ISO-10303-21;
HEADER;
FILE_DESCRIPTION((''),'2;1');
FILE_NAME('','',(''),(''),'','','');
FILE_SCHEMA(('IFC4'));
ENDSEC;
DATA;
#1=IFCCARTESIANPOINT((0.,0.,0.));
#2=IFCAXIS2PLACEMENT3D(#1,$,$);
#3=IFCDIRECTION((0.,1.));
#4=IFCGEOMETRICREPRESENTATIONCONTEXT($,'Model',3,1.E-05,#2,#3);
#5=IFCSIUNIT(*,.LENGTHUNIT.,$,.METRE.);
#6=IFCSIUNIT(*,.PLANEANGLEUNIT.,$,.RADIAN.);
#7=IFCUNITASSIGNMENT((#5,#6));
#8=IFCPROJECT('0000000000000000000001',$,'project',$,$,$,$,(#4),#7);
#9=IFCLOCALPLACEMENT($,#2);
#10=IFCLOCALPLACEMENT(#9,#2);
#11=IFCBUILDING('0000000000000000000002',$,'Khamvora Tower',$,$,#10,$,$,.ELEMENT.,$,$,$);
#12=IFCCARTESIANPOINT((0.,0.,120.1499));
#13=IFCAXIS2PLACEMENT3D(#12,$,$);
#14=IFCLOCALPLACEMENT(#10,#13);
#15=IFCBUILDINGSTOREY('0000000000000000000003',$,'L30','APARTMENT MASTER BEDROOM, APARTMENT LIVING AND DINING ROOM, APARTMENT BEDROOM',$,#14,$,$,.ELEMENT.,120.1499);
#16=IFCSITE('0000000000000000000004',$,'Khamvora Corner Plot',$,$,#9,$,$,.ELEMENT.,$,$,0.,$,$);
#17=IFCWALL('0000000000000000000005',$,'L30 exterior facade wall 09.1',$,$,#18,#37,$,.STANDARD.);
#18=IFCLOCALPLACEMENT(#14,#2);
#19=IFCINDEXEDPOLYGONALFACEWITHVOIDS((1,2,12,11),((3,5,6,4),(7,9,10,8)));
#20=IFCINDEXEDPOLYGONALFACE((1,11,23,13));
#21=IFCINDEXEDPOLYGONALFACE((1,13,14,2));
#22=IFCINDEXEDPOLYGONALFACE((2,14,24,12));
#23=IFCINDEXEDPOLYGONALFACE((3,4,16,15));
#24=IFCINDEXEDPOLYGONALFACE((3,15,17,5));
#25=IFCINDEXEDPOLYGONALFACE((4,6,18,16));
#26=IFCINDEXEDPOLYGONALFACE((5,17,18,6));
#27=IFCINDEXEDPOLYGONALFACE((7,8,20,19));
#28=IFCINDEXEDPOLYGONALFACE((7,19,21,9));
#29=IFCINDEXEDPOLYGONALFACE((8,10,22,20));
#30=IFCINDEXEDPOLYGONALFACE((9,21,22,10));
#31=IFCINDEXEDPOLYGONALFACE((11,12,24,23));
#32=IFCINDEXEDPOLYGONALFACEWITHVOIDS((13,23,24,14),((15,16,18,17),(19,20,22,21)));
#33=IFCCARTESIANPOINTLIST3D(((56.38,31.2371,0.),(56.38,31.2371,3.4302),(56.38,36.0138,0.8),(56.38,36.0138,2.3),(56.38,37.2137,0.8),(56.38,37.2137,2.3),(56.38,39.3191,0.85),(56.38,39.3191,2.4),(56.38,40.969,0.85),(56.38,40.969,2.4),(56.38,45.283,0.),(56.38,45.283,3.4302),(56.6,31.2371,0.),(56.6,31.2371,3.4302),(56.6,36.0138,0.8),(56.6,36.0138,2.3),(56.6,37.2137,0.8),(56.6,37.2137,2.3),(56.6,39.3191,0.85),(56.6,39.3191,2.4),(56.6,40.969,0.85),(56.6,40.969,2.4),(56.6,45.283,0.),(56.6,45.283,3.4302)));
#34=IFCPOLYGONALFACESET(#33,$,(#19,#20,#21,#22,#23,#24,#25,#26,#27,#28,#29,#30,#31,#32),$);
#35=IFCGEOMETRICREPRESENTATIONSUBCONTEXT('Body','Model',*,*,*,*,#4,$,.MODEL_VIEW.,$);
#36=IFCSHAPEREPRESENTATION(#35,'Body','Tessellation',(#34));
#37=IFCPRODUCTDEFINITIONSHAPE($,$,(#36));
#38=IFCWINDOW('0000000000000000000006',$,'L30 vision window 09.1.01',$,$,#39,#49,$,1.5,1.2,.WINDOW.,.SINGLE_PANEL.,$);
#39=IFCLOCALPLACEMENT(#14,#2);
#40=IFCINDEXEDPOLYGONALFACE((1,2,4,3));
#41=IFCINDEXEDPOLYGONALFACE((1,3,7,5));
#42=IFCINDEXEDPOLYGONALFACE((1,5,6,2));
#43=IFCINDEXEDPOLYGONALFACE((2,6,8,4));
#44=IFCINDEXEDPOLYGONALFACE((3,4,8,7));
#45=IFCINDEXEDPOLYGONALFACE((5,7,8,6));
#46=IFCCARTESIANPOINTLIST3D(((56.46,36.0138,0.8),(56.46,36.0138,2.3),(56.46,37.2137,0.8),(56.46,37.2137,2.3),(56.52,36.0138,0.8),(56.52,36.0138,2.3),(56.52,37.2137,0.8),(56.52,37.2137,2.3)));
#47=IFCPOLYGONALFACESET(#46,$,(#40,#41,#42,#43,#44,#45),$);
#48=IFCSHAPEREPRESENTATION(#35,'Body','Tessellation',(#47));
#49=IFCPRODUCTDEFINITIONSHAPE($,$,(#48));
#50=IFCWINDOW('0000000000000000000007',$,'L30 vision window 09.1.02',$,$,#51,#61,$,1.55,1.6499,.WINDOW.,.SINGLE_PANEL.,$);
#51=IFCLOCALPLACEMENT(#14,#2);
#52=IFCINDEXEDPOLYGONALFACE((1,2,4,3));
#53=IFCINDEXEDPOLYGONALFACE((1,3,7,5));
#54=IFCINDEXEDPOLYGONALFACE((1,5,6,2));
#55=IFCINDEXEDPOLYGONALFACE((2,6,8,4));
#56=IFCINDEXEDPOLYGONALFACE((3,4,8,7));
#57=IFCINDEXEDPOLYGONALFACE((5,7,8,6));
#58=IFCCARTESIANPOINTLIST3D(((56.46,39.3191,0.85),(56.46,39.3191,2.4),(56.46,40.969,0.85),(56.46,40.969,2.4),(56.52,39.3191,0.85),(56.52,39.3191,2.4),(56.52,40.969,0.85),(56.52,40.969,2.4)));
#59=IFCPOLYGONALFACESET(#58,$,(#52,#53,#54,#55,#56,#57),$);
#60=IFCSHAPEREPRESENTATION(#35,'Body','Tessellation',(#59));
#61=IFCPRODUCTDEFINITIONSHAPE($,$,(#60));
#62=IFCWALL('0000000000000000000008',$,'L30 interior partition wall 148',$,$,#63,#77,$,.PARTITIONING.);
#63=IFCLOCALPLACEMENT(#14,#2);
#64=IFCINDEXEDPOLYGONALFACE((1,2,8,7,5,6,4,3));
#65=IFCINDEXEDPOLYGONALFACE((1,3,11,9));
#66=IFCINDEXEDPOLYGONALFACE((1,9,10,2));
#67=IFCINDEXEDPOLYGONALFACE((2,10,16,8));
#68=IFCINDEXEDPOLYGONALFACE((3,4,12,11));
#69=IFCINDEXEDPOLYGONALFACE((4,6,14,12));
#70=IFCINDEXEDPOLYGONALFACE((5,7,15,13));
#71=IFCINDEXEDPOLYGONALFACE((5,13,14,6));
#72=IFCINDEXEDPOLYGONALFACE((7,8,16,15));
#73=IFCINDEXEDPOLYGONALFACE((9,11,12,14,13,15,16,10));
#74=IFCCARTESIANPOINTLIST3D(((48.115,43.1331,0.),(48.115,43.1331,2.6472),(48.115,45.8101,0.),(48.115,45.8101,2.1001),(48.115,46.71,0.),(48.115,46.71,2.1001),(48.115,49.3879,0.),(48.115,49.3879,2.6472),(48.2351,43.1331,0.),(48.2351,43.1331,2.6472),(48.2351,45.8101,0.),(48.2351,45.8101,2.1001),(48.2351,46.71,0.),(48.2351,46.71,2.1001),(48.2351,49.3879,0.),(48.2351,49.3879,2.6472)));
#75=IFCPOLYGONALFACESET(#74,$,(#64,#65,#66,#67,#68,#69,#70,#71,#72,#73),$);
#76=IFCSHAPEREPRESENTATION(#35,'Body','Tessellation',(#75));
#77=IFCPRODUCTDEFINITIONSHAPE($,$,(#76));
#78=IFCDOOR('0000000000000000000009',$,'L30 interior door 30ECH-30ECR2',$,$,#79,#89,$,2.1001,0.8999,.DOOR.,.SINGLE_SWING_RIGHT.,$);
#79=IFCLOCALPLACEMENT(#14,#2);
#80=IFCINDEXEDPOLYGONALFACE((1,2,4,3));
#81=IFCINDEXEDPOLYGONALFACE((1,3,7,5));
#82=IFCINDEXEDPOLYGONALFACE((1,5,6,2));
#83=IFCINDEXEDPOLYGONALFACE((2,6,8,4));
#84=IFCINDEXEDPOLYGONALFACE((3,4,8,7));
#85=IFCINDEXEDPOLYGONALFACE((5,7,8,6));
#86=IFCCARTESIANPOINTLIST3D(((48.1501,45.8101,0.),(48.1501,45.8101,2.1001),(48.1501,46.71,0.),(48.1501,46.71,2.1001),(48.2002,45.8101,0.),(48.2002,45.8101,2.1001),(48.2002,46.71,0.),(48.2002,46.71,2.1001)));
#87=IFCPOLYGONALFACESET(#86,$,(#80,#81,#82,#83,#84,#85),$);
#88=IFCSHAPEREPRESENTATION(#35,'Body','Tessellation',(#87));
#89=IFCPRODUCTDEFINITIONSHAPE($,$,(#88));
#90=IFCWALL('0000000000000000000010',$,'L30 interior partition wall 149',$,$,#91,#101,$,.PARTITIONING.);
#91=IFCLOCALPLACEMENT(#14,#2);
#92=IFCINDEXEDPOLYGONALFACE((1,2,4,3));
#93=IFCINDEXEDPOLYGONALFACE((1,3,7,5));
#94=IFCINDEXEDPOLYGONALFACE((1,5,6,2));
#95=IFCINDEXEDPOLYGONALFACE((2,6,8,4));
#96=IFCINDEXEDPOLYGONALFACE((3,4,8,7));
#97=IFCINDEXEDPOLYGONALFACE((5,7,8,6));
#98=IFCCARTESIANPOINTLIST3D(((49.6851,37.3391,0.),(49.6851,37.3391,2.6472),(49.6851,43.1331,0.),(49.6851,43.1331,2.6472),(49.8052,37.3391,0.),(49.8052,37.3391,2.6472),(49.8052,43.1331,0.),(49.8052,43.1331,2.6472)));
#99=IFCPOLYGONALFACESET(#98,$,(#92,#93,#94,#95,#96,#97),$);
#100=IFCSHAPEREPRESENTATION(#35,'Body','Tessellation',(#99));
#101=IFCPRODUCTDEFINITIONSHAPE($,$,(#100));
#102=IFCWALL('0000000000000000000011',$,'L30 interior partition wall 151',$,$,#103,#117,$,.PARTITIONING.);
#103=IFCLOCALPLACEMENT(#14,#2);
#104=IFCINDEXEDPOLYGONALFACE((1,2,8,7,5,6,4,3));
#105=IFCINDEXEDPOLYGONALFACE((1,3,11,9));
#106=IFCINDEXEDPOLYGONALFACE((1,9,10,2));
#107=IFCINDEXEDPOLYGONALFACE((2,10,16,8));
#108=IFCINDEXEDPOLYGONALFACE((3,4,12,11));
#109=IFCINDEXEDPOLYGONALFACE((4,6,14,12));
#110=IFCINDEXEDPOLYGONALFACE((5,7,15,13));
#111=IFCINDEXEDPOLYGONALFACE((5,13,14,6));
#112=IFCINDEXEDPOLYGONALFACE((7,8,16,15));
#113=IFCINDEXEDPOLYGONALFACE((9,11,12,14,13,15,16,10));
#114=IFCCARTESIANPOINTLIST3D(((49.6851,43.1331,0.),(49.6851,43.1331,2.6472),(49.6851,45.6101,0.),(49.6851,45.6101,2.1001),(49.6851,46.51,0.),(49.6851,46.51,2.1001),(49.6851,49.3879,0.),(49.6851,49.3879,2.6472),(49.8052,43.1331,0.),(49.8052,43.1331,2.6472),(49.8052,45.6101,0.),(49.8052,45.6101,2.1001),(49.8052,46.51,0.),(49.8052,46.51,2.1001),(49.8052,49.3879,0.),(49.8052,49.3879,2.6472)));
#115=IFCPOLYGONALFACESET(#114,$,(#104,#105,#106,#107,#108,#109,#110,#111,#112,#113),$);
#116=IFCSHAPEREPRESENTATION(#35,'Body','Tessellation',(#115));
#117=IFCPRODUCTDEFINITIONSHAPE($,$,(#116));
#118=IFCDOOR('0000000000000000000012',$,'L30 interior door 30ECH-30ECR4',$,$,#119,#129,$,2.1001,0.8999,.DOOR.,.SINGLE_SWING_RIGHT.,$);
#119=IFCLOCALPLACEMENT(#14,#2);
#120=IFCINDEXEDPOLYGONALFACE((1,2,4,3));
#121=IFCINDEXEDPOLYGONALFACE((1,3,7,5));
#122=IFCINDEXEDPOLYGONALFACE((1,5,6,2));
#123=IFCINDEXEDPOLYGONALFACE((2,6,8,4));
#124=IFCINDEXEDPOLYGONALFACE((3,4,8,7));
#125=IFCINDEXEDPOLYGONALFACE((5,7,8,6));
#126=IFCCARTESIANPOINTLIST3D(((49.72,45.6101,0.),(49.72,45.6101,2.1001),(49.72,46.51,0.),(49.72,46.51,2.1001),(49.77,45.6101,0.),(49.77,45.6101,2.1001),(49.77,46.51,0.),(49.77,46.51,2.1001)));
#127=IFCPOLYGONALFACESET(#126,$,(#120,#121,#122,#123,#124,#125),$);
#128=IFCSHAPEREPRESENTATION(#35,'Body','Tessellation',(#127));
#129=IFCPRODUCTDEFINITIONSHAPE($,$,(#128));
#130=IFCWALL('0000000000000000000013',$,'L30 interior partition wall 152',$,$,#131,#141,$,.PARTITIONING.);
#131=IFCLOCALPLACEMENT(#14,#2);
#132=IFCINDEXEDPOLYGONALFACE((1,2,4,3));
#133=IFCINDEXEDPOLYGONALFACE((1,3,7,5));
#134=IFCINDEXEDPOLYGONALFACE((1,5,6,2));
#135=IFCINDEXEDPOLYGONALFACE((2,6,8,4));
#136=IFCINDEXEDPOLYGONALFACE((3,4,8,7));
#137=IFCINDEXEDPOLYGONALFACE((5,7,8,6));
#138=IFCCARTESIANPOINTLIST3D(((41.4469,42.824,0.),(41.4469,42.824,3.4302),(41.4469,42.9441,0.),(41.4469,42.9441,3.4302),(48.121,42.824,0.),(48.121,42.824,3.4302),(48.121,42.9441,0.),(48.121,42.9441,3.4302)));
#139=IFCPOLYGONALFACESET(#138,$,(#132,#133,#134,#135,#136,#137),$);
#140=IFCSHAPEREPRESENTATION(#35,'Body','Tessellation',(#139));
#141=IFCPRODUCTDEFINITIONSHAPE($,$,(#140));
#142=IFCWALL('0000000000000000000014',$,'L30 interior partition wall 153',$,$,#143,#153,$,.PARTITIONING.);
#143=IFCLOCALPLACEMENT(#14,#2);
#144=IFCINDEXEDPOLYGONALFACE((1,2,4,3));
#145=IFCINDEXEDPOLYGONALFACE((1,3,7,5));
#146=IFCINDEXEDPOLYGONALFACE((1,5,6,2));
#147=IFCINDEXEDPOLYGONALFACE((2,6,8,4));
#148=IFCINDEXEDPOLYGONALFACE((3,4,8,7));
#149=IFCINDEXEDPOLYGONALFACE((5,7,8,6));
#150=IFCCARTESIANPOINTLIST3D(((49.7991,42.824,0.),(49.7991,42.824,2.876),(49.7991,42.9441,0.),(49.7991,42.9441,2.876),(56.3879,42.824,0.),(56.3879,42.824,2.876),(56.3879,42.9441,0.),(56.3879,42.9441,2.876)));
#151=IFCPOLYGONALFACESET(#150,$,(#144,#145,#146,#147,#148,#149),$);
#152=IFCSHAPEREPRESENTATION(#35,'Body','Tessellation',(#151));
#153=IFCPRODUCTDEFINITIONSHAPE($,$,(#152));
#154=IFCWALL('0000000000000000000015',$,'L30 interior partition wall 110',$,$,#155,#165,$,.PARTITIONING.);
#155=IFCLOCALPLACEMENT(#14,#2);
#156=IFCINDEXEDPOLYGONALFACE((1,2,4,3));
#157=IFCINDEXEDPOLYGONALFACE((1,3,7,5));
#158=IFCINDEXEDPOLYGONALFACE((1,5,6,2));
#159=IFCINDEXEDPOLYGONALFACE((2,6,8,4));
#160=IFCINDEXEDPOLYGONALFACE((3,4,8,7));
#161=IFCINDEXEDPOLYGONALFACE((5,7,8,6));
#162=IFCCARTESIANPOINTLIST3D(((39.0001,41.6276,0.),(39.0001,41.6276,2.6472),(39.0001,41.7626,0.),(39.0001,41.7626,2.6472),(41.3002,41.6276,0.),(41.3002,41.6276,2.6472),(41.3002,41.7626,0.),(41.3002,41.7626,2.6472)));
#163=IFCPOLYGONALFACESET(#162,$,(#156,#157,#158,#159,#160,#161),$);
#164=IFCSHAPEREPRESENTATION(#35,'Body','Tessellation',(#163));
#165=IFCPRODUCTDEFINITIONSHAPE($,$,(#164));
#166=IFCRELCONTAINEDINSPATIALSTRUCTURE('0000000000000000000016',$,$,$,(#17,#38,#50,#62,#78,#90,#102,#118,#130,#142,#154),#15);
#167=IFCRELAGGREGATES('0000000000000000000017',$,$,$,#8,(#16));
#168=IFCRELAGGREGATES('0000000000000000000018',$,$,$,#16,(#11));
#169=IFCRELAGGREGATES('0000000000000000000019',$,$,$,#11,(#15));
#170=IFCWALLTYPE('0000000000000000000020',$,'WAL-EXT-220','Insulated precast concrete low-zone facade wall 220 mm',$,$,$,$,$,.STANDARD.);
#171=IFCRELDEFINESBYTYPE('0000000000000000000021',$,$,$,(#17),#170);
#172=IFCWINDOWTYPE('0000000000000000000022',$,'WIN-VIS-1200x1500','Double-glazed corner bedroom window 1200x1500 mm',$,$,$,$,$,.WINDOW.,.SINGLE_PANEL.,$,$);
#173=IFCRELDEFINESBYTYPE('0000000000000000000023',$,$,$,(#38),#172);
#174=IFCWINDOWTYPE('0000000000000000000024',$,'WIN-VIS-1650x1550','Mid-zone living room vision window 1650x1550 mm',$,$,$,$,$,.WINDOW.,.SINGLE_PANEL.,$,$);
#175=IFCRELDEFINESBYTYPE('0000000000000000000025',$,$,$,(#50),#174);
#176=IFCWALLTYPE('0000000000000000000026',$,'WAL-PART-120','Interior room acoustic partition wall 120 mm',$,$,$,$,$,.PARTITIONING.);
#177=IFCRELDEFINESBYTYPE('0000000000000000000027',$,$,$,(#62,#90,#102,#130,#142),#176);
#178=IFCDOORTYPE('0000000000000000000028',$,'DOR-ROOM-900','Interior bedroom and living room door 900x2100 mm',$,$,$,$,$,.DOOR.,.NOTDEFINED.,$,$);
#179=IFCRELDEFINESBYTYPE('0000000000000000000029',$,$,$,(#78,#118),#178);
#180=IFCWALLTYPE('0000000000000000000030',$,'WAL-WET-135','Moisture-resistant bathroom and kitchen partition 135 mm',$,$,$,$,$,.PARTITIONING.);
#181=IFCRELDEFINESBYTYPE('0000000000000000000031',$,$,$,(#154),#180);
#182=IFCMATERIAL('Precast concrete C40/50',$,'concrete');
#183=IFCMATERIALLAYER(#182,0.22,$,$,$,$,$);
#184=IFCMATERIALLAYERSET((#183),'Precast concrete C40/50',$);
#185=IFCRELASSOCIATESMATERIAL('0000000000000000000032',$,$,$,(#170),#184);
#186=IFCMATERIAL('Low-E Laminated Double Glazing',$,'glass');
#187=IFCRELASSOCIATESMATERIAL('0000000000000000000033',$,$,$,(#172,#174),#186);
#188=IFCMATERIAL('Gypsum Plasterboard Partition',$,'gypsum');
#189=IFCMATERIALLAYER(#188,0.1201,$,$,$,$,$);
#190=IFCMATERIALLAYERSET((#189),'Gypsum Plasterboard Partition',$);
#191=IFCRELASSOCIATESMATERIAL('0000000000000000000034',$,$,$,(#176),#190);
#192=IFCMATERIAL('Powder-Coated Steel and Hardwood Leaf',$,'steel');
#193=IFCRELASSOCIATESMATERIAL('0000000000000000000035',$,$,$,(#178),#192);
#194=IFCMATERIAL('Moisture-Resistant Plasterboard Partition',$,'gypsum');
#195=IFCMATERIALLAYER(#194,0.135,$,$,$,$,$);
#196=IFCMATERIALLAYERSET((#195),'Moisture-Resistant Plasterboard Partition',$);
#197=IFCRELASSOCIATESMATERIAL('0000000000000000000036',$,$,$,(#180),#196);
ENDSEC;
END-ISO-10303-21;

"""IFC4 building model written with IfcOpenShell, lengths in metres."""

from ifc_helpers import new_model, si_unit, direction, frame, frame_2d, origin, place, context, subcontext, project, spatial, rectangle, extrude, material, layer, layer_set, type_object, element, fill, save


model = new_model("IFC4")

# Units and contexts
model_context = context("Model", 3, precision=1e-05, world=origin(), true_north=direction((0.0, 1.0)))
body_context = subcontext(model_context, "Body", "Model", "MODEL_VIEW")
ifc_project = project(units=[si_unit("LENGTHUNIT", "METRE"), si_unit("PLANEANGLEUNIT", "RADIAN")], contexts=[model_context])

# Site, building, storey
site_placement = place(None, origin())
site = spatial("IfcSite", under=ifc_project, at=site_placement, Name="Khamvora Corner Plot", CompositionType="ELEMENT", RefElevation=0.0)
building_placement = place(site_placement, origin())
building = spatial("IfcBuilding", under=site, at=building_placement, Name="Khamvora Tower", CompositionType="ELEMENT")
storey_placement = place(building_placement, frame((0.0, 0.0, 120.1499)))
storey = spatial("IfcBuildingStorey", under=building, at=storey_placement, Name="L30", Description="APARTMENT MASTER BEDROOM, APARTMENT LIVING AND DINING ROOM, APARTMENT BEDROOM", CompositionType="ELEMENT", Elevation=120.1499)

# Shared definitions
ifc_material_1 = material(Name="Precast concrete C40/50", Category="concrete")
ifc_layer_1 = layer(ifc_material_1, 0.22)
ifc_layer_set_1 = layer_set([ifc_layer_1], Name="Precast concrete C40/50")
wall_type_1 = type_object("IfcWallType", Name="WAL-EXT-220", Description="Insulated precast concrete low-zone facade wall 220 mm", PredefinedType="STANDARD", material=ifc_layer_set_1)

# Wall, openings, windows
wall_1_placement = place(storey_placement, frame((56.49, 45.283, 0.0), z_axis=(0.0, 0.0, 1.0), x_axis=(0.0, -1.0, 0.0)))
wall_1 = element("IfcWall", 1, at=wall_1_placement, inside=storey, type_object=wall_type_1, Name="L30 exterior facade wall 09.1", PredefinedType="STANDARD", context=body_context, shape_type="SweptSolid", body=[
    extrude(rectangle(XDim=14.0459, YDim=0.22, at=frame_2d((7.0229, 0.0))), origin(), (0.0, 0.0, 1.0), 3.4302),
])
opening_1_placement = place(wall_1_placement, frame((8.0691, 0.0, 0.8)))
opening_1 = element("IfcOpeningElement", 2, at=opening_1_placement, cuts=wall_1, PredefinedType="OPENING", context=body_context, shape_type="SweptSolid", body=[
    extrude(rectangle(XDim=1.2, YDim=1.5, at=frame_2d((0.6001, 0.75))), frame((0.0, 0.1199, 0.0), z_axis=(0.0, -1.0, 0.0), x_axis=(1.0, 0.0, 0.0)), (0.0, 0.0, 1.0), 0.24),
])
opening_2_placement = place(wall_1_placement, frame((4.314, 0.0, 0.8501)))
opening_2 = element("IfcOpeningElement", 3, at=opening_2_placement, cuts=wall_1, PredefinedType="OPENING", context=body_context, shape_type="SweptSolid", body=[
    extrude(rectangle(XDim=1.6499, YDim=1.55, at=frame_2d((0.825, 0.7749))), frame((0.0, 0.1199, 0.0), z_axis=(0.0, -1.0, 0.0), x_axis=(1.0, 0.0, 0.0)), (0.0, 0.0, 1.0), 0.24),
])
ifc_material_2 = material(Name="Low-E Laminated Double Glazing", Category="glass")
window_type_1 = type_object("IfcWindowType", Name="WIN-VIS-1200x1500", Description="Double-glazed corner bedroom window 1200x1500 mm", PartitioningType="SINGLE_PANEL", PredefinedType="WINDOW", material=ifc_material_2)
window_1_placement = place(opening_1_placement, origin())
window_1 = element("IfcWindow", 4, at=window_1_placement, inside=storey, type_object=window_type_1, Name="L30 vision window 09.1.01", OverallHeight=1.5, OverallWidth=1.2, PartitioningType="SINGLE_PANEL", PredefinedType="WINDOW", context=body_context, shape_type="SweptSolid", body=[
    extrude(rectangle(XDim=1.2, YDim=1.5, at=frame_2d((0.6001, 0.75))), frame((0.0, 0.03, 0.0), z_axis=(0.0, -1.0, 0.0), x_axis=(1.0, 0.0, 0.0)), (0.0, 0.0, 1.0), 0.0601),
])
fill(opening_1, window_1)
window_type_2 = type_object("IfcWindowType", Name="WIN-VIS-1650x1550", Description="Mid-zone living room vision window 1650x1550 mm", PartitioningType="SINGLE_PANEL", PredefinedType="WINDOW", material=ifc_material_2)
window_2_placement = place(opening_2_placement, origin())
window_2 = element("IfcWindow", 5, at=window_2_placement, inside=storey, type_object=window_type_2, Name="L30 vision window 09.1.02", OverallHeight=1.55, OverallWidth=1.6499, PartitioningType="SINGLE_PANEL", PredefinedType="WINDOW", context=body_context, shape_type="SweptSolid", body=[
    extrude(rectangle(XDim=1.6499, YDim=1.55, at=frame_2d((0.825, 0.7749))), frame((0.0, 0.03, 0.0), z_axis=(0.0, -1.0, 0.0), x_axis=(1.0, 0.0, 0.0)), (0.0, 0.0, 1.0), 0.0601),
])
fill(opening_2, window_2)

# Wall, opening, door
ifc_material_3 = material(Name="Gypsum Plasterboard Partition", Category="gypsum")
ifc_layer_2 = layer(ifc_material_3, 0.1201)
ifc_layer_set_2 = layer_set([ifc_layer_2], Name="Gypsum Plasterboard Partition")
wall_type_2 = type_object("IfcWallType", Name="WAL-PART-120", Description="Interior room acoustic partition wall 120 mm", PredefinedType="PARTITIONING", material=ifc_layer_set_2)
wall_2_placement = place(storey_placement, frame((48.175, 43.1331, 0.0), z_axis=(0.0, 0.0, 1.0), x_axis=(0.0, 1.0, 0.0)))
wall_2 = element("IfcWall", 6, at=wall_2_placement, inside=storey, type_object=wall_type_2, Name="L30 interior partition wall 148", PredefinedType="PARTITIONING", context=body_context, shape_type="SweptSolid", body=[
    extrude(rectangle(XDim=6.2549, YDim=0.1201, at=frame_2d((3.1274, 0.0))), origin(), (0.0, 0.0, 1.0), 2.6472),
])
opening_3_placement = place(wall_2_placement, frame((2.677, 0.0, 0.0)))
opening_3 = element("IfcOpeningElement", 7, at=opening_3_placement, cuts=wall_2, PredefinedType="OPENING", context=body_context, shape_type="SweptSolid", body=[
    extrude(rectangle(XDim=0.8999, YDim=2.1001, at=frame_2d((0.45, 1.05))), frame((0.0, 0.0701, 0.0), z_axis=(0.0, -1.0, 0.0), x_axis=(1.0, 0.0, 0.0)), (0.0, 0.0, 1.0), 0.1401),
])
ifc_material_4 = material(Name="Powder-Coated Steel and Hardwood Leaf", Category="steel")
door_type = type_object("IfcDoorType", Name="DOR-ROOM-900", Description="Interior bedroom and living room door 900x2100 mm", OperationType="NOTDEFINED", PredefinedType="DOOR", material=ifc_material_4)
door_1_placement = place(opening_3_placement, origin())
door_1 = element("IfcDoor", 8, at=door_1_placement, inside=storey, type_object=door_type, Name="L30 interior door 30ECH-30ECR2", OperationType="SINGLE_SWING_RIGHT", OverallHeight=2.1001, OverallWidth=0.8999, PredefinedType="DOOR", context=body_context, shape_type="SweptSolid", body=[
    extrude(rectangle(XDim=0.8999, YDim=2.1001, at=frame_2d((0.45, 1.05))), frame((0.0, 0.0249, 0.0), z_axis=(0.0, -1.0, 0.0), x_axis=(1.0, 0.0, 0.0)), (0.0, 0.0, 1.0), 0.05),
])
fill(opening_3, door_1)

# Wall
wall_3_placement = place(storey_placement, frame((49.7451, 43.1331, 0.0), z_axis=(0.0, 0.0, 1.0), x_axis=(0.0, -1.0, 0.0)))
element("IfcWall", 9, at=wall_3_placement, inside=storey, type_object=wall_type_2, Name="L30 interior partition wall 149", PredefinedType="PARTITIONING", context=body_context, shape_type="SweptSolid", body=[
    extrude(rectangle(XDim=5.7939, YDim=0.1201, at=frame_2d((2.897, 0.0))), origin(), (0.0, 0.0, 1.0), 2.6472),
])

# Wall, opening, door
wall_4_placement = place(storey_placement, frame((49.7451, 49.3879, 0.0), z_axis=(0.0, 0.0, 1.0), x_axis=(0.0, -1.0, 0.0)))
wall_4 = element("IfcWall", 10, at=wall_4_placement, inside=storey, type_object=wall_type_2, Name="L30 interior partition wall 151", PredefinedType="PARTITIONING", context=body_context, shape_type="SweptSolid", body=[
    extrude(rectangle(XDim=6.2549, YDim=0.1201, at=frame_2d((3.1274, 0.0))), origin(), (0.0, 0.0, 1.0), 2.6472),
])
opening_4_placement = place(wall_4_placement, frame((2.8779, 0.0, 0.0)))
opening_4 = element("IfcOpeningElement", 11, at=opening_4_placement, cuts=wall_4, PredefinedType="OPENING", context=body_context, shape_type="SweptSolid", body=[
    extrude(rectangle(XDim=0.8999, YDim=2.1001, at=frame_2d((0.45, 1.05))), frame((0.0, 0.0701, 0.0), z_axis=(0.0, -1.0, 0.0), x_axis=(1.0, 0.0, 0.0)), (0.0, 0.0, 1.0), 0.1401),
])
door_2_placement = place(opening_4_placement, origin())
door_2 = element("IfcDoor", 12, at=door_2_placement, inside=storey, type_object=door_type, Name="L30 interior door 30ECH-30ECR4", OperationType="SINGLE_SWING_RIGHT", OverallHeight=2.1001, OverallWidth=0.8999, PredefinedType="DOOR", context=body_context, shape_type="SweptSolid", body=[
    extrude(rectangle(XDim=0.8999, YDim=2.1001, at=frame_2d((0.45, 1.05))), frame((0.0, 0.0249, 0.0), z_axis=(0.0, -1.0, 0.0), x_axis=(1.0, 0.0, 0.0)), (0.0, 0.0, 1.0), 0.05),
])
fill(opening_4, door_2)

# Walls
wall_5_placement = place(storey_placement, frame((41.447, 42.884, 0.0), z_axis=(0.0, 0.0, 1.0), x_axis=(1.0, 0.0, 0.0)))
element("IfcWall", 13, at=wall_5_placement, inside=storey, type_object=wall_type_2, Name="L30 interior partition wall 152", PredefinedType="PARTITIONING", context=body_context, shape_type="SweptSolid", body=[
    extrude(rectangle(XDim=6.6741, YDim=0.1201, at=frame_2d((3.3369, 0.0))), origin(), (0.0, 0.0, 1.0), 3.4302),
])
wall_6_placement = place(storey_placement, frame((49.7991, 42.884, 0.0), z_axis=(0.0, 0.0, 1.0), x_axis=(1.0, 0.0, 0.0)))
element("IfcWall", 14, at=wall_6_placement, inside=storey, type_object=wall_type_2, Name="L30 interior partition wall 153", PredefinedType="PARTITIONING", context=body_context, shape_type="SweptSolid", body=[
    extrude(rectangle(XDim=6.5889, YDim=0.1201, at=frame_2d((3.2944, 0.0))), origin(), (0.0, 0.0, 1.0), 2.876),
])
ifc_material_5 = material(Name="Moisture-Resistant Plasterboard Partition", Category="gypsum")
ifc_layer_3 = layer(ifc_material_5, 0.135)
ifc_layer_set_3 = layer_set([ifc_layer_3], Name="Moisture-Resistant Plasterboard Partition")
wall_type_3 = type_object("IfcWallType", Name="WAL-WET-135", Description="Moisture-resistant bathroom and kitchen partition 135 mm", PredefinedType="PARTITIONING", material=ifc_layer_set_3)
wall_7_placement = place(storey_placement, frame((41.3, 41.6951, 0.0), z_axis=(0.0, 0.0, 1.0), x_axis=(-1.0, 0.0, 0.0)))
element("IfcWall", 15, at=wall_7_placement, inside=storey, type_object=wall_type_3, Name="L30 interior partition wall 110", PredefinedType="PARTITIONING", context=body_context, shape_type="SweptSolid", body=[
    extrude(rectangle(XDim=2.3, YDim=0.135, at=frame_2d((1.1499, 0.0))), origin(), (0.0, 0.0, 1.0), 2.6472),
])

save(model, "model.ifc")
